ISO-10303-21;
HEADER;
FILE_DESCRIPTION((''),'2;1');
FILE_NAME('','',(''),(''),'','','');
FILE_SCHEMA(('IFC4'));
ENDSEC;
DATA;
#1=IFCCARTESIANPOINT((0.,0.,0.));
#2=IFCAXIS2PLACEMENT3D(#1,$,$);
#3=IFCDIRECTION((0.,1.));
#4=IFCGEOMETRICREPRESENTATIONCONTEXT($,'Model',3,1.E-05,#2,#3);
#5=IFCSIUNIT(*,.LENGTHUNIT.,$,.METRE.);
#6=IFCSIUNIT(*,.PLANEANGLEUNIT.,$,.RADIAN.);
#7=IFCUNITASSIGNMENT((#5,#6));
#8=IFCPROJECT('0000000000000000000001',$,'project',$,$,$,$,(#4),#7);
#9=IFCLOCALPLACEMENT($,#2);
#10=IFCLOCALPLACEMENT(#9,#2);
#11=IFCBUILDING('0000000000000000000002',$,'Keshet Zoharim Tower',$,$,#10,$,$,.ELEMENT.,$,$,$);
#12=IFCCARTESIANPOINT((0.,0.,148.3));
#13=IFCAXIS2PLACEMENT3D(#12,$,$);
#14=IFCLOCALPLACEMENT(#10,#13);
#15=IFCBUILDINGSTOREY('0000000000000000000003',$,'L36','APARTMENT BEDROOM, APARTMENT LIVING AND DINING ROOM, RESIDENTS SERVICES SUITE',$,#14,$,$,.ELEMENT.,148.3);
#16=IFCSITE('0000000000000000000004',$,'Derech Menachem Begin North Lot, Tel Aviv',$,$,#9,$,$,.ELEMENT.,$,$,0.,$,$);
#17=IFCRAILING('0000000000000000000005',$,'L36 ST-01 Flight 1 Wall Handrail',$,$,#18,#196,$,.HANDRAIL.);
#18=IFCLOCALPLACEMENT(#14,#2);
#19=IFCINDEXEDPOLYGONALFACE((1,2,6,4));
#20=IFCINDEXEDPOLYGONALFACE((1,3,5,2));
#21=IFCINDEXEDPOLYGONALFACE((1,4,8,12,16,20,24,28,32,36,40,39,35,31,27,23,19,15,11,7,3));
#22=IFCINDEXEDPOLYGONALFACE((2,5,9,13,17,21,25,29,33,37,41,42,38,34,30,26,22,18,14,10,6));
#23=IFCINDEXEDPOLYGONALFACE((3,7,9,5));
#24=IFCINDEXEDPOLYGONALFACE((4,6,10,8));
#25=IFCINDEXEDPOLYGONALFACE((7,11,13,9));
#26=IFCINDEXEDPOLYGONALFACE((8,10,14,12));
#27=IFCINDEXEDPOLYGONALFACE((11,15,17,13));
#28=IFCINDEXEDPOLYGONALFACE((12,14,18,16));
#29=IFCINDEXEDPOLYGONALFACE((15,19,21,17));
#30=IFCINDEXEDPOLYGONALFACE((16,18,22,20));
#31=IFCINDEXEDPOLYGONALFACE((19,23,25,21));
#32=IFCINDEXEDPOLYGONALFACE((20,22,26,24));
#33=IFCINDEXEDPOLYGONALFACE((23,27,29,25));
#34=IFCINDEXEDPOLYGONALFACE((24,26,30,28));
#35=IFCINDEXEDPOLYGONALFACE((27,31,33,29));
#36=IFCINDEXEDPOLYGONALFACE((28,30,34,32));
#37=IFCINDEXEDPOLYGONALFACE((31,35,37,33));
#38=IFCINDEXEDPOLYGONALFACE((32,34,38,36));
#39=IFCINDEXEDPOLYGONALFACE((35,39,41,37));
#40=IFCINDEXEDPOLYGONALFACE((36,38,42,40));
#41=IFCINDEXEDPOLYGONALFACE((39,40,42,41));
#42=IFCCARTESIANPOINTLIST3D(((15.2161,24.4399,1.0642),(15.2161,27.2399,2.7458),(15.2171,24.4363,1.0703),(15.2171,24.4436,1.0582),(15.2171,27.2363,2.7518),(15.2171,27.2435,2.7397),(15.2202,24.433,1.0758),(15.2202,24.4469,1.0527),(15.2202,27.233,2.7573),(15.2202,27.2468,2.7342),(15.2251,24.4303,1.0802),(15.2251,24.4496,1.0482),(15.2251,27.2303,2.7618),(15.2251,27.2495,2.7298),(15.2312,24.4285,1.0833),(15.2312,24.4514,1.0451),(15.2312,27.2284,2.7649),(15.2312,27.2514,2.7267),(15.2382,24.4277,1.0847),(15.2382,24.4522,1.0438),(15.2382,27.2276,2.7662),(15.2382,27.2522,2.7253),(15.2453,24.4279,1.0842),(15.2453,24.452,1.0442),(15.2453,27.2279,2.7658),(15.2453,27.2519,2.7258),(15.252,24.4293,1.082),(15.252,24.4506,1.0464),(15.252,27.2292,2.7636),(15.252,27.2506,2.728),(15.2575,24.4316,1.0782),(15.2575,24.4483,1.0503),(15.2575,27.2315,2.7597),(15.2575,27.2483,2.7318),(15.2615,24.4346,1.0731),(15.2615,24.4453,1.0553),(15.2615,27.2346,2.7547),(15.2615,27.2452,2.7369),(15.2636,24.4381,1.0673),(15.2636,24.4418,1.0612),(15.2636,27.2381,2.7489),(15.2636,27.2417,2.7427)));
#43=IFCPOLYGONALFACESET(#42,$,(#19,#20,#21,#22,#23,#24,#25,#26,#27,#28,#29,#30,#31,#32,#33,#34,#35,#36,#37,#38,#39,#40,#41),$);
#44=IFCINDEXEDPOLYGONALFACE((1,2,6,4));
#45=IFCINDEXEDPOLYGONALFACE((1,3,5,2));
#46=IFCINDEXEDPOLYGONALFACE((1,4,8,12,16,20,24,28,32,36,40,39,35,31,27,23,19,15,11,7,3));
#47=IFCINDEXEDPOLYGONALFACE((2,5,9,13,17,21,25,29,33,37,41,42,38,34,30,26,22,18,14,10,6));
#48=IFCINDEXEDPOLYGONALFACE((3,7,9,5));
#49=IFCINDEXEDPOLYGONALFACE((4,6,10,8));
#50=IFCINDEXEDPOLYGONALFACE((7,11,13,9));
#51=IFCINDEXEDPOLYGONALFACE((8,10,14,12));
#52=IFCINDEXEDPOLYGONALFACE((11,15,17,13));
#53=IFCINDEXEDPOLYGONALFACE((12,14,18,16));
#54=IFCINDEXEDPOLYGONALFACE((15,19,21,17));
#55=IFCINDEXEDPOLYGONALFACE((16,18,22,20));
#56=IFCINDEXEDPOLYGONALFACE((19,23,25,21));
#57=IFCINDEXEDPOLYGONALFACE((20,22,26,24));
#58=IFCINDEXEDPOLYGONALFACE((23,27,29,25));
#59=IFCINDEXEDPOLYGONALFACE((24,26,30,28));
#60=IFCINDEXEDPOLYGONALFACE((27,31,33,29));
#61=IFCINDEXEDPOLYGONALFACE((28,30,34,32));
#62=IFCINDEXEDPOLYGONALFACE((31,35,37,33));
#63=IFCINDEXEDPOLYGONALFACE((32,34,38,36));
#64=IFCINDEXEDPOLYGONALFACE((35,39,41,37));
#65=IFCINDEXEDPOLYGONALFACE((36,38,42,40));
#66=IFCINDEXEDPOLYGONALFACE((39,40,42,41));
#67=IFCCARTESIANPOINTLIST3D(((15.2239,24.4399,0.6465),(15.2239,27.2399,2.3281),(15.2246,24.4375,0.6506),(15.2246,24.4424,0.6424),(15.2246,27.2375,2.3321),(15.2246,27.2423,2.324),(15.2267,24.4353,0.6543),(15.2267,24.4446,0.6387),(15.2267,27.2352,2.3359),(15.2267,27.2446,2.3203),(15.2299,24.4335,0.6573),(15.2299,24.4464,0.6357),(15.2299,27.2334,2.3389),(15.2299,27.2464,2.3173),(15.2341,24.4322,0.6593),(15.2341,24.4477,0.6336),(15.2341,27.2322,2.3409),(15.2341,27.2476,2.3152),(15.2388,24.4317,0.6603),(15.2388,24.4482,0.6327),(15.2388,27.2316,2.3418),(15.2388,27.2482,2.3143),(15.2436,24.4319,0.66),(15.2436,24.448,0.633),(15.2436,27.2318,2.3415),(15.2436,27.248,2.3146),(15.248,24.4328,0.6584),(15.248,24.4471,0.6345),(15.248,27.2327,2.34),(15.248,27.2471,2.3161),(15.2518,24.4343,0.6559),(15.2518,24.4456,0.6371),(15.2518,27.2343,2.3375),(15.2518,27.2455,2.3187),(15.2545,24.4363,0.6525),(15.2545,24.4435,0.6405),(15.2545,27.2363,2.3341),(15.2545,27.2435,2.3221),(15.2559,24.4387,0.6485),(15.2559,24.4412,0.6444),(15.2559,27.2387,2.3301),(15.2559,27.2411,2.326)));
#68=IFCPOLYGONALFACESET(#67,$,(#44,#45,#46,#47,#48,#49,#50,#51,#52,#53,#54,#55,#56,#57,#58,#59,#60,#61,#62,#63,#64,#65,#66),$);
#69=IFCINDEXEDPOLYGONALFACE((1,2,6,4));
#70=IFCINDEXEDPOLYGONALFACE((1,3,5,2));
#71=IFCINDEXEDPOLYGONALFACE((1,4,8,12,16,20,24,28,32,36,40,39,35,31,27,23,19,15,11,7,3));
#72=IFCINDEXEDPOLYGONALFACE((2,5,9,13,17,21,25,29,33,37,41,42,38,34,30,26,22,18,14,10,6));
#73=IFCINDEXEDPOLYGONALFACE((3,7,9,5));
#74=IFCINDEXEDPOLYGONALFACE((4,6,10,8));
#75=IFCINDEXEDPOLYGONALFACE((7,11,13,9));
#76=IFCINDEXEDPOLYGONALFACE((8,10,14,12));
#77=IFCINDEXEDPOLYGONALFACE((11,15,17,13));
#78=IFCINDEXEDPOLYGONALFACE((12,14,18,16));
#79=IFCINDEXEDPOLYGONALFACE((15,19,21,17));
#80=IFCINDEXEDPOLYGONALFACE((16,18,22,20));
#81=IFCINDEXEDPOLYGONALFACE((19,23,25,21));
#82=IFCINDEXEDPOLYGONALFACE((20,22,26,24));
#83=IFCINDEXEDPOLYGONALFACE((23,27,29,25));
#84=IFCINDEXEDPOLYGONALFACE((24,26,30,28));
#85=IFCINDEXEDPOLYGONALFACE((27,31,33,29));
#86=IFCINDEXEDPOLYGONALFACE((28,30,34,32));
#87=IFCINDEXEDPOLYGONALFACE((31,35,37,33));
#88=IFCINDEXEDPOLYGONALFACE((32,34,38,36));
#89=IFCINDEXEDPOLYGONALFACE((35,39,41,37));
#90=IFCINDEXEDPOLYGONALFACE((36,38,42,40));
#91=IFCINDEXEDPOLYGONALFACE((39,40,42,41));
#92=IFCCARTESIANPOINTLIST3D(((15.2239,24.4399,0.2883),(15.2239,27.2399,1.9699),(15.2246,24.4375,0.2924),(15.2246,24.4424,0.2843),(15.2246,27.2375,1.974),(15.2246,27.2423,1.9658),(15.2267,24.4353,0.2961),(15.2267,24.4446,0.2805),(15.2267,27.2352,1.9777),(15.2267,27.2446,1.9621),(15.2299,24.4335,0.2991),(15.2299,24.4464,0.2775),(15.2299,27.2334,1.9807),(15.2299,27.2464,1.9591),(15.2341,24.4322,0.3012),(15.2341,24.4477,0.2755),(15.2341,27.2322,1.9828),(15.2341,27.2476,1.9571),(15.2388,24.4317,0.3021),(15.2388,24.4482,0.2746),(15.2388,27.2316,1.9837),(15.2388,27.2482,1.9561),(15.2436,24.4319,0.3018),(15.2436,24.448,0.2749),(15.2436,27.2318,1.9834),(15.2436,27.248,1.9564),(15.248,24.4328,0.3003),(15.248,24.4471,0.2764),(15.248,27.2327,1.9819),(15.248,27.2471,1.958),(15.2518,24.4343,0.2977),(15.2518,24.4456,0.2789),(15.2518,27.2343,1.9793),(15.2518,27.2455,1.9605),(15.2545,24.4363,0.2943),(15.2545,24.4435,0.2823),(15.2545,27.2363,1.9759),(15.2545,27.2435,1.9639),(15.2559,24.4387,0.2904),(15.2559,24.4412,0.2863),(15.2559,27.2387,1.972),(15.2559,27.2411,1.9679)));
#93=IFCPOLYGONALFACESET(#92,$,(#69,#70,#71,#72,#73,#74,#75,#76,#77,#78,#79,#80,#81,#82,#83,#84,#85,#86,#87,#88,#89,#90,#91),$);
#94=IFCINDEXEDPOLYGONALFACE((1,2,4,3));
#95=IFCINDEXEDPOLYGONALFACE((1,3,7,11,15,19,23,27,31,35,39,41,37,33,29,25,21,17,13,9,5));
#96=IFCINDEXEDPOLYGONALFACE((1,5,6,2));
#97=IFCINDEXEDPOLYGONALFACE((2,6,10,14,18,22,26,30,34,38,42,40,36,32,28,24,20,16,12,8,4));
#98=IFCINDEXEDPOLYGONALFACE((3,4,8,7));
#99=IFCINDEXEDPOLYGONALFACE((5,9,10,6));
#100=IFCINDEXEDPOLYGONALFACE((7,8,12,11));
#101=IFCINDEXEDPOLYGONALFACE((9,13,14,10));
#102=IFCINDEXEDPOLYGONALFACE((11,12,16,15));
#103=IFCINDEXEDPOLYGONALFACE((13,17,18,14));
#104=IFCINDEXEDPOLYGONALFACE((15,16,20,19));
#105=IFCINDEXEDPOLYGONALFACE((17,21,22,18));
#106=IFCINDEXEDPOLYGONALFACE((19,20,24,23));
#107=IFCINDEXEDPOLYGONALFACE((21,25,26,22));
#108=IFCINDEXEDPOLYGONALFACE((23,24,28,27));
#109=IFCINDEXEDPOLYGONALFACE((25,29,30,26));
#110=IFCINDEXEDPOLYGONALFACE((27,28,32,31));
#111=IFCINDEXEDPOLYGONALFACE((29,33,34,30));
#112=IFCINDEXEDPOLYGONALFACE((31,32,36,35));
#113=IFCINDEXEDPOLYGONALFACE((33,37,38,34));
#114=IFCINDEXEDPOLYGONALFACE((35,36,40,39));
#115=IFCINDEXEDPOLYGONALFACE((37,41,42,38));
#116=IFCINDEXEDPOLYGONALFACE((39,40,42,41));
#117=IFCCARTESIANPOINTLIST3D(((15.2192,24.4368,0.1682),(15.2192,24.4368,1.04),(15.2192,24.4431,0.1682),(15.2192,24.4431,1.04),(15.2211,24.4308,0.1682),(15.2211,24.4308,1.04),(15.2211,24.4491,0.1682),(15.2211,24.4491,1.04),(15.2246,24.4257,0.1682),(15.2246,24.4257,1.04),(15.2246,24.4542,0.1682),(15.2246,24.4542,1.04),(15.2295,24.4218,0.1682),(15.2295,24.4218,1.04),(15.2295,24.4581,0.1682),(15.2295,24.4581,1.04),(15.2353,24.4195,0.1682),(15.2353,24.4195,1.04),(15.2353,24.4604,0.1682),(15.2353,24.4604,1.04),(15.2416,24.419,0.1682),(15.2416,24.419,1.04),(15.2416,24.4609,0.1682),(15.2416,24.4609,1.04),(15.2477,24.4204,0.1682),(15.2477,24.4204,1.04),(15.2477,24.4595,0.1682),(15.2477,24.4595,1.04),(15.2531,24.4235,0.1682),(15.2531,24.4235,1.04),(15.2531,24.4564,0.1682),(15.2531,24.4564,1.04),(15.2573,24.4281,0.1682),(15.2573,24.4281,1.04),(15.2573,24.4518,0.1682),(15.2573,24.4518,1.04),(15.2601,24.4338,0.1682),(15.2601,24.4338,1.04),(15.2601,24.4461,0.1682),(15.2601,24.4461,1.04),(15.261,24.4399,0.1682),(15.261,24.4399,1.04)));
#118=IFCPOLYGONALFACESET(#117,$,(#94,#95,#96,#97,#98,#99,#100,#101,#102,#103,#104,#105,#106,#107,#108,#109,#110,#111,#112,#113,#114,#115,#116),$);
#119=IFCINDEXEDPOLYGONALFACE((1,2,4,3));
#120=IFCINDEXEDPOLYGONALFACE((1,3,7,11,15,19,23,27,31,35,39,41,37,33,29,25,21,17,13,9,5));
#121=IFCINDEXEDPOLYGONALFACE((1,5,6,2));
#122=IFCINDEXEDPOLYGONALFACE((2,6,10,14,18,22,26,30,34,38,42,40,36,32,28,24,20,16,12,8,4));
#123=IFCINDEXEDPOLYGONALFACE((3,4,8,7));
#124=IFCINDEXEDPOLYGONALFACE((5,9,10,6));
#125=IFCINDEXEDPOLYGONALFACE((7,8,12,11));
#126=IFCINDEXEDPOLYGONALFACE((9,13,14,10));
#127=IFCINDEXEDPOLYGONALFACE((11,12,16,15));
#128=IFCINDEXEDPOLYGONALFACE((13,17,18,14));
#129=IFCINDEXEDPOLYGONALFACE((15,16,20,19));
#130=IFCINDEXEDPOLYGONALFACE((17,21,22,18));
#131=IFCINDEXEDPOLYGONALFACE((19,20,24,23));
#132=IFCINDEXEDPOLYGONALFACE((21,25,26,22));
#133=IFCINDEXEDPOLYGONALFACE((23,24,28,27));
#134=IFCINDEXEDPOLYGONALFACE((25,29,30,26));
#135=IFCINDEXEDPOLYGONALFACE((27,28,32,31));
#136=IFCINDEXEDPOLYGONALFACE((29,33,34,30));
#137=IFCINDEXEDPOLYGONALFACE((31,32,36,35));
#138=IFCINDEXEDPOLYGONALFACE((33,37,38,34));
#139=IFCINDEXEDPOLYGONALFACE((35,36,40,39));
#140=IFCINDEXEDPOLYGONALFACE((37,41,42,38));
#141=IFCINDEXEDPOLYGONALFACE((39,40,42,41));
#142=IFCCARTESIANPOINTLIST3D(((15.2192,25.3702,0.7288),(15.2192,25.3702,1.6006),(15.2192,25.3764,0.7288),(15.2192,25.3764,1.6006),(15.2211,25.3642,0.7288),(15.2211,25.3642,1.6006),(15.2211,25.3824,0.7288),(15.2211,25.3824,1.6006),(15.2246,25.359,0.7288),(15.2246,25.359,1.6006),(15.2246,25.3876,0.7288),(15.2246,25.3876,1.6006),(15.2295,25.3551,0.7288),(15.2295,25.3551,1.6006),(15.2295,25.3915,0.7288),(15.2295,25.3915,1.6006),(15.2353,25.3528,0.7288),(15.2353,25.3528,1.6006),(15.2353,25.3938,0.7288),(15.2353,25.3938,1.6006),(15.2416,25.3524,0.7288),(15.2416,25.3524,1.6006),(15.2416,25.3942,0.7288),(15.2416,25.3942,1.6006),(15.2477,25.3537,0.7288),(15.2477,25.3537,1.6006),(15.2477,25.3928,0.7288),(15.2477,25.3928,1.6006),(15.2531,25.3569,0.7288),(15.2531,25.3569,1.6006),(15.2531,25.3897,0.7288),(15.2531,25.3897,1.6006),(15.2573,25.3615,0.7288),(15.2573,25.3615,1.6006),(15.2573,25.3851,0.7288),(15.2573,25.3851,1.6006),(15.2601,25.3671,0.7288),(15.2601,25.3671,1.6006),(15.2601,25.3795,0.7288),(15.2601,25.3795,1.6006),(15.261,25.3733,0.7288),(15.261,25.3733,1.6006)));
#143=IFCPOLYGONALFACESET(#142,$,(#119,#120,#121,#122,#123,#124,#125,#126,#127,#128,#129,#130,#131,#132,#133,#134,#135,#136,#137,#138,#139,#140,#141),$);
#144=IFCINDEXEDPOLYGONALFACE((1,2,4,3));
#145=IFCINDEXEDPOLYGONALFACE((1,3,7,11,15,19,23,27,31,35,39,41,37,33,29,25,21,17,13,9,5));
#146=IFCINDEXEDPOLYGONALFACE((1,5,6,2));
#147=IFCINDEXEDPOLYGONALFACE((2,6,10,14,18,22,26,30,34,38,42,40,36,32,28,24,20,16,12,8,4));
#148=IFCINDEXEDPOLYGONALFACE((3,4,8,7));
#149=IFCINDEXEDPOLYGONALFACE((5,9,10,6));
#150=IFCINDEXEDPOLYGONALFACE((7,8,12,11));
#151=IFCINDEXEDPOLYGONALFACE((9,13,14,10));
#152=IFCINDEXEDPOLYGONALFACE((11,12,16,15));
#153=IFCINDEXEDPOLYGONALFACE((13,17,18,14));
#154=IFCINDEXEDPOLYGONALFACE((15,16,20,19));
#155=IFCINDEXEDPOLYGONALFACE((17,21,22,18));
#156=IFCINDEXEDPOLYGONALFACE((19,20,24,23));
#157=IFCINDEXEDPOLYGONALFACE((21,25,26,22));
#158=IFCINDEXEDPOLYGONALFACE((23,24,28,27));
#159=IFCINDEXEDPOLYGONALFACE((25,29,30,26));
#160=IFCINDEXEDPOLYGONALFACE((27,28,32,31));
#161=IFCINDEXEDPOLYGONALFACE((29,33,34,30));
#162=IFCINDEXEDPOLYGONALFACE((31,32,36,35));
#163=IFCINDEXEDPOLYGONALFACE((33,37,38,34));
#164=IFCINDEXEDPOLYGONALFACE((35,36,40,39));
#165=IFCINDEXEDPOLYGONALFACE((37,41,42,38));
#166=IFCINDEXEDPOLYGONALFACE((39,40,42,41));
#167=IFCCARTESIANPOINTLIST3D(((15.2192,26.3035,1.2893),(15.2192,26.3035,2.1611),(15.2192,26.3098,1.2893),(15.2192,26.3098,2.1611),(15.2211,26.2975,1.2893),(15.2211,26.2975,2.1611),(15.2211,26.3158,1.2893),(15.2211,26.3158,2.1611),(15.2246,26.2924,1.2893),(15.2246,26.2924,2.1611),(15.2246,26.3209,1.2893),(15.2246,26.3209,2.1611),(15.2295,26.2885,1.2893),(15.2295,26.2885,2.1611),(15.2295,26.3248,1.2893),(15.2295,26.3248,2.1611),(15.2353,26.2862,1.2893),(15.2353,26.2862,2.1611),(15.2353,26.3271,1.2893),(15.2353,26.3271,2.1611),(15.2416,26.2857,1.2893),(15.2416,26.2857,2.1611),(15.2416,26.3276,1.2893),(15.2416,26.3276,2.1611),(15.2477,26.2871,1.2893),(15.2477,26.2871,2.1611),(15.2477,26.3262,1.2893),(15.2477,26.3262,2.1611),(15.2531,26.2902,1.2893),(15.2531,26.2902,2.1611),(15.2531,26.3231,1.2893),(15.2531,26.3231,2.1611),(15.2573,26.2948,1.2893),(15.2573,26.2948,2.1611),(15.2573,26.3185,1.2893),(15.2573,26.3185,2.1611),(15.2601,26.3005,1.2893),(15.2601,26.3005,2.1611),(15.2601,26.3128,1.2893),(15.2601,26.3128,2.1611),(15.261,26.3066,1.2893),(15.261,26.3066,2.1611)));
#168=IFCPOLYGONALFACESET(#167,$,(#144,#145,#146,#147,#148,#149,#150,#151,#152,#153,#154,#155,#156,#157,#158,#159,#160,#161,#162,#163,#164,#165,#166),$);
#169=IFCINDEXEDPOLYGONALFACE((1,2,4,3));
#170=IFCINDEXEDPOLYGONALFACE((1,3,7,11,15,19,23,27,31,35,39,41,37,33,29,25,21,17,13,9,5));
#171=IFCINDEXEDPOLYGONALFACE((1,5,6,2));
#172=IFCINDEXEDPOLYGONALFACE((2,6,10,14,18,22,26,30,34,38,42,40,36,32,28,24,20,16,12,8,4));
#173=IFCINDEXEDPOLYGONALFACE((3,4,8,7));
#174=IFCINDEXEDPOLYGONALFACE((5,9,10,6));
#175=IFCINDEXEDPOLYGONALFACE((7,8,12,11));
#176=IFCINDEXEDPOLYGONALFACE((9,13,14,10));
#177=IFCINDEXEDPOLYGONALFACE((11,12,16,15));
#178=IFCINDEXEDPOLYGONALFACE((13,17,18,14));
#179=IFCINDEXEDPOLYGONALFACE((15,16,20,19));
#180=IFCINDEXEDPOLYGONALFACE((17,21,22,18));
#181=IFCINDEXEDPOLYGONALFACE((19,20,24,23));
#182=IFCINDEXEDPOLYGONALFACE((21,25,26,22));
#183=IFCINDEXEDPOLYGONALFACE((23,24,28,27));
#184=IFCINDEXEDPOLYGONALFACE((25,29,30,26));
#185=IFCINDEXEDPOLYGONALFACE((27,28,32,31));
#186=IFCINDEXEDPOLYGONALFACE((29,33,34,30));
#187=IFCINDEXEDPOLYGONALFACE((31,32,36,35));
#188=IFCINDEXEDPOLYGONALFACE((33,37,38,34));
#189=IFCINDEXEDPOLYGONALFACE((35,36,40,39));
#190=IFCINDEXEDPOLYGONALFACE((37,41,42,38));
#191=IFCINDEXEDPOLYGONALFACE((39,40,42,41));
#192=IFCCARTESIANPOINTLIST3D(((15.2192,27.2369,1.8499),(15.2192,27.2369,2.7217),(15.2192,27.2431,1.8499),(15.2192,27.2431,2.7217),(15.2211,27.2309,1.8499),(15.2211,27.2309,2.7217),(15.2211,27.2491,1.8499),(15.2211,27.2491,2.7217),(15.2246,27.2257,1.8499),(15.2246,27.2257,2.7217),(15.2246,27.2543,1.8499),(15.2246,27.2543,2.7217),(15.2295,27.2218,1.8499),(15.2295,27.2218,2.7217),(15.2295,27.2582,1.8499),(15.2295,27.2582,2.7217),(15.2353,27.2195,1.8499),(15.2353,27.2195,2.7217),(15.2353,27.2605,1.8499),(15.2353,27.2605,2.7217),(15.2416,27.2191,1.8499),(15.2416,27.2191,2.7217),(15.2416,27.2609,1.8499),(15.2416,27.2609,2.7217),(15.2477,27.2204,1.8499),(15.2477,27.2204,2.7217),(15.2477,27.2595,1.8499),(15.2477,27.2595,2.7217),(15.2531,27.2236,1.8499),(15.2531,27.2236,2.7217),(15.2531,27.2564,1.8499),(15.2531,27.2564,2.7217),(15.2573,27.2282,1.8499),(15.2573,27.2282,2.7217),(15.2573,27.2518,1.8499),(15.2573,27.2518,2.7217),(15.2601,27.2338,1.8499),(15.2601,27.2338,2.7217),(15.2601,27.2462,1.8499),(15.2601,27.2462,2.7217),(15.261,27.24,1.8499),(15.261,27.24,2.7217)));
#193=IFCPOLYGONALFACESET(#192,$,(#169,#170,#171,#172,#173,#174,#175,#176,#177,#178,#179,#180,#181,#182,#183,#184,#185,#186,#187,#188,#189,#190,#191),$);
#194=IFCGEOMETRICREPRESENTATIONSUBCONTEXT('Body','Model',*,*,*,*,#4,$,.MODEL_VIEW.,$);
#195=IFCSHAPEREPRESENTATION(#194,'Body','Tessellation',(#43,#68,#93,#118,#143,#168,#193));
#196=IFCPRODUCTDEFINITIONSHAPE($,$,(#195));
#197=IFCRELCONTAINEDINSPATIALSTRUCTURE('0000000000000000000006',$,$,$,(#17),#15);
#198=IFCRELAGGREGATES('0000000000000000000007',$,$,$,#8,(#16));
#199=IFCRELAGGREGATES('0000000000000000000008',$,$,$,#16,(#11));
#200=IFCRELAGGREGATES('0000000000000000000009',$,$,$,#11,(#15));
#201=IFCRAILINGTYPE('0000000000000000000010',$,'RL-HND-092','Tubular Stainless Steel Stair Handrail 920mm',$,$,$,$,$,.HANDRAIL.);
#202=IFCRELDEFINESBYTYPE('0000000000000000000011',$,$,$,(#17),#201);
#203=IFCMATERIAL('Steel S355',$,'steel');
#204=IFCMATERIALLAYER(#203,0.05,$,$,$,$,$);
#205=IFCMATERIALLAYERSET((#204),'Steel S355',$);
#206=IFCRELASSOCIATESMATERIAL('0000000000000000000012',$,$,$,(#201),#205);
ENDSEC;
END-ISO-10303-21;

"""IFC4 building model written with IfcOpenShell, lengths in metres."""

from ifc_helpers import new_model, si_unit, direction, frame, origin, origin_2d, place, context, subcontext, project, spatial, circle, extrude, material, layer, layer_set, type_object, element, save


model = new_model("IFC4")

# Units and contexts
model_context = context("Model", 3, precision=1e-05, world=origin(), true_north=direction((0.0, 1.0)))
body_context = subcontext(model_context, "Body", "Model", "MODEL_VIEW")
ifc_project = project(units=[si_unit("LENGTHUNIT", "METRE"), si_unit("PLANEANGLEUNIT", "RADIAN")], contexts=[model_context])

# Site, building, storey
site_placement = place(None, origin())
site = spatial("IfcSite", under=ifc_project, at=site_placement, Name="Derech Menachem Begin North Lot, Tel Aviv", CompositionType="ELEMENT", RefElevation=0.0)
building_placement = place(site_placement, origin())
building = spatial("IfcBuilding", under=site, at=building_placement, Name="Keshet Zoharim Tower", CompositionType="ELEMENT")
storey_placement = place(building_placement, frame((0.0, 0.0, 148.3)))
storey = spatial("IfcBuildingStorey", under=building, at=storey_placement, Name="L36", Description="APARTMENT BEDROOM, APARTMENT LIVING AND DINING ROOM, RESIDENTS SERVICES SUITE", CompositionType="ELEMENT", Elevation=148.3)

# Railing
ifc_material_1 = material(Name="Steel S355", Category="steel")
ifc_layer_1 = layer(ifc_material_1, 0.05)
ifc_layer_set_1 = layer_set([ifc_layer_1], Name="Steel S355")
railing_type = type_object("IfcRailingType", Name="RL-HND-092", Description="Tubular Stainless Steel Stair Handrail 920mm", PredefinedType="HANDRAIL", material=ifc_layer_set_1)
railing_placement = place(storey_placement, frame((15.24, 24.4399, 0.1682)))
element("IfcRailing", 1, at=railing_placement, inside=storey, type_object=railing_type, Name="L36 ST-01 Flight 1 Wall Handrail", PredefinedType="HANDRAIL", context=body_context, shape_type="SweptSolid", body=[
    extrude(circle(Radius=0.0239, at=origin_2d()), frame((0.0, 0.0, 0.896), z_axis=(0.0, 0.857275, 0.514858), x_axis=(-1.0, 0.0, 0.0)), (0.0, 0.0, 1.0), 3.2661),
    extrude(circle(Radius=0.0161, at=origin_2d()), frame((0.0, 0.0, 0.4783), z_axis=(0.0, 0.857275, 0.514858), x_axis=(-1.0, 0.0, 0.0)), (0.0, 0.0, 1.0), 3.2661),
    extrude(circle(Radius=0.0161, at=origin_2d()), frame((0.0, 0.0, 0.1201), z_axis=(0.0, 0.857275, 0.514858), x_axis=(-1.0, 0.0, 0.0)), (0.0, 0.0, 1.0), 3.2661),
    extrude(circle(Radius=0.021, at=origin_2d()), origin(), (0.0, 0.0, 1.0), 0.8718),
    extrude(circle(Radius=0.021, at=origin_2d()), frame((0.0, 0.9333, 0.5605)), (0.0, 0.0, 1.0), 0.8718),
    extrude(circle(Radius=0.021, at=origin_2d()), frame((0.0, 1.8667, 1.1211)), (0.0, 0.0, 1.0), 0.8718),
    extrude(circle(Radius=0.021, at=origin_2d()), frame((0.0, 2.8, 1.6816)), (0.0, 0.0, 1.0), 0.8718),
])

save(model, "model.ifc")
